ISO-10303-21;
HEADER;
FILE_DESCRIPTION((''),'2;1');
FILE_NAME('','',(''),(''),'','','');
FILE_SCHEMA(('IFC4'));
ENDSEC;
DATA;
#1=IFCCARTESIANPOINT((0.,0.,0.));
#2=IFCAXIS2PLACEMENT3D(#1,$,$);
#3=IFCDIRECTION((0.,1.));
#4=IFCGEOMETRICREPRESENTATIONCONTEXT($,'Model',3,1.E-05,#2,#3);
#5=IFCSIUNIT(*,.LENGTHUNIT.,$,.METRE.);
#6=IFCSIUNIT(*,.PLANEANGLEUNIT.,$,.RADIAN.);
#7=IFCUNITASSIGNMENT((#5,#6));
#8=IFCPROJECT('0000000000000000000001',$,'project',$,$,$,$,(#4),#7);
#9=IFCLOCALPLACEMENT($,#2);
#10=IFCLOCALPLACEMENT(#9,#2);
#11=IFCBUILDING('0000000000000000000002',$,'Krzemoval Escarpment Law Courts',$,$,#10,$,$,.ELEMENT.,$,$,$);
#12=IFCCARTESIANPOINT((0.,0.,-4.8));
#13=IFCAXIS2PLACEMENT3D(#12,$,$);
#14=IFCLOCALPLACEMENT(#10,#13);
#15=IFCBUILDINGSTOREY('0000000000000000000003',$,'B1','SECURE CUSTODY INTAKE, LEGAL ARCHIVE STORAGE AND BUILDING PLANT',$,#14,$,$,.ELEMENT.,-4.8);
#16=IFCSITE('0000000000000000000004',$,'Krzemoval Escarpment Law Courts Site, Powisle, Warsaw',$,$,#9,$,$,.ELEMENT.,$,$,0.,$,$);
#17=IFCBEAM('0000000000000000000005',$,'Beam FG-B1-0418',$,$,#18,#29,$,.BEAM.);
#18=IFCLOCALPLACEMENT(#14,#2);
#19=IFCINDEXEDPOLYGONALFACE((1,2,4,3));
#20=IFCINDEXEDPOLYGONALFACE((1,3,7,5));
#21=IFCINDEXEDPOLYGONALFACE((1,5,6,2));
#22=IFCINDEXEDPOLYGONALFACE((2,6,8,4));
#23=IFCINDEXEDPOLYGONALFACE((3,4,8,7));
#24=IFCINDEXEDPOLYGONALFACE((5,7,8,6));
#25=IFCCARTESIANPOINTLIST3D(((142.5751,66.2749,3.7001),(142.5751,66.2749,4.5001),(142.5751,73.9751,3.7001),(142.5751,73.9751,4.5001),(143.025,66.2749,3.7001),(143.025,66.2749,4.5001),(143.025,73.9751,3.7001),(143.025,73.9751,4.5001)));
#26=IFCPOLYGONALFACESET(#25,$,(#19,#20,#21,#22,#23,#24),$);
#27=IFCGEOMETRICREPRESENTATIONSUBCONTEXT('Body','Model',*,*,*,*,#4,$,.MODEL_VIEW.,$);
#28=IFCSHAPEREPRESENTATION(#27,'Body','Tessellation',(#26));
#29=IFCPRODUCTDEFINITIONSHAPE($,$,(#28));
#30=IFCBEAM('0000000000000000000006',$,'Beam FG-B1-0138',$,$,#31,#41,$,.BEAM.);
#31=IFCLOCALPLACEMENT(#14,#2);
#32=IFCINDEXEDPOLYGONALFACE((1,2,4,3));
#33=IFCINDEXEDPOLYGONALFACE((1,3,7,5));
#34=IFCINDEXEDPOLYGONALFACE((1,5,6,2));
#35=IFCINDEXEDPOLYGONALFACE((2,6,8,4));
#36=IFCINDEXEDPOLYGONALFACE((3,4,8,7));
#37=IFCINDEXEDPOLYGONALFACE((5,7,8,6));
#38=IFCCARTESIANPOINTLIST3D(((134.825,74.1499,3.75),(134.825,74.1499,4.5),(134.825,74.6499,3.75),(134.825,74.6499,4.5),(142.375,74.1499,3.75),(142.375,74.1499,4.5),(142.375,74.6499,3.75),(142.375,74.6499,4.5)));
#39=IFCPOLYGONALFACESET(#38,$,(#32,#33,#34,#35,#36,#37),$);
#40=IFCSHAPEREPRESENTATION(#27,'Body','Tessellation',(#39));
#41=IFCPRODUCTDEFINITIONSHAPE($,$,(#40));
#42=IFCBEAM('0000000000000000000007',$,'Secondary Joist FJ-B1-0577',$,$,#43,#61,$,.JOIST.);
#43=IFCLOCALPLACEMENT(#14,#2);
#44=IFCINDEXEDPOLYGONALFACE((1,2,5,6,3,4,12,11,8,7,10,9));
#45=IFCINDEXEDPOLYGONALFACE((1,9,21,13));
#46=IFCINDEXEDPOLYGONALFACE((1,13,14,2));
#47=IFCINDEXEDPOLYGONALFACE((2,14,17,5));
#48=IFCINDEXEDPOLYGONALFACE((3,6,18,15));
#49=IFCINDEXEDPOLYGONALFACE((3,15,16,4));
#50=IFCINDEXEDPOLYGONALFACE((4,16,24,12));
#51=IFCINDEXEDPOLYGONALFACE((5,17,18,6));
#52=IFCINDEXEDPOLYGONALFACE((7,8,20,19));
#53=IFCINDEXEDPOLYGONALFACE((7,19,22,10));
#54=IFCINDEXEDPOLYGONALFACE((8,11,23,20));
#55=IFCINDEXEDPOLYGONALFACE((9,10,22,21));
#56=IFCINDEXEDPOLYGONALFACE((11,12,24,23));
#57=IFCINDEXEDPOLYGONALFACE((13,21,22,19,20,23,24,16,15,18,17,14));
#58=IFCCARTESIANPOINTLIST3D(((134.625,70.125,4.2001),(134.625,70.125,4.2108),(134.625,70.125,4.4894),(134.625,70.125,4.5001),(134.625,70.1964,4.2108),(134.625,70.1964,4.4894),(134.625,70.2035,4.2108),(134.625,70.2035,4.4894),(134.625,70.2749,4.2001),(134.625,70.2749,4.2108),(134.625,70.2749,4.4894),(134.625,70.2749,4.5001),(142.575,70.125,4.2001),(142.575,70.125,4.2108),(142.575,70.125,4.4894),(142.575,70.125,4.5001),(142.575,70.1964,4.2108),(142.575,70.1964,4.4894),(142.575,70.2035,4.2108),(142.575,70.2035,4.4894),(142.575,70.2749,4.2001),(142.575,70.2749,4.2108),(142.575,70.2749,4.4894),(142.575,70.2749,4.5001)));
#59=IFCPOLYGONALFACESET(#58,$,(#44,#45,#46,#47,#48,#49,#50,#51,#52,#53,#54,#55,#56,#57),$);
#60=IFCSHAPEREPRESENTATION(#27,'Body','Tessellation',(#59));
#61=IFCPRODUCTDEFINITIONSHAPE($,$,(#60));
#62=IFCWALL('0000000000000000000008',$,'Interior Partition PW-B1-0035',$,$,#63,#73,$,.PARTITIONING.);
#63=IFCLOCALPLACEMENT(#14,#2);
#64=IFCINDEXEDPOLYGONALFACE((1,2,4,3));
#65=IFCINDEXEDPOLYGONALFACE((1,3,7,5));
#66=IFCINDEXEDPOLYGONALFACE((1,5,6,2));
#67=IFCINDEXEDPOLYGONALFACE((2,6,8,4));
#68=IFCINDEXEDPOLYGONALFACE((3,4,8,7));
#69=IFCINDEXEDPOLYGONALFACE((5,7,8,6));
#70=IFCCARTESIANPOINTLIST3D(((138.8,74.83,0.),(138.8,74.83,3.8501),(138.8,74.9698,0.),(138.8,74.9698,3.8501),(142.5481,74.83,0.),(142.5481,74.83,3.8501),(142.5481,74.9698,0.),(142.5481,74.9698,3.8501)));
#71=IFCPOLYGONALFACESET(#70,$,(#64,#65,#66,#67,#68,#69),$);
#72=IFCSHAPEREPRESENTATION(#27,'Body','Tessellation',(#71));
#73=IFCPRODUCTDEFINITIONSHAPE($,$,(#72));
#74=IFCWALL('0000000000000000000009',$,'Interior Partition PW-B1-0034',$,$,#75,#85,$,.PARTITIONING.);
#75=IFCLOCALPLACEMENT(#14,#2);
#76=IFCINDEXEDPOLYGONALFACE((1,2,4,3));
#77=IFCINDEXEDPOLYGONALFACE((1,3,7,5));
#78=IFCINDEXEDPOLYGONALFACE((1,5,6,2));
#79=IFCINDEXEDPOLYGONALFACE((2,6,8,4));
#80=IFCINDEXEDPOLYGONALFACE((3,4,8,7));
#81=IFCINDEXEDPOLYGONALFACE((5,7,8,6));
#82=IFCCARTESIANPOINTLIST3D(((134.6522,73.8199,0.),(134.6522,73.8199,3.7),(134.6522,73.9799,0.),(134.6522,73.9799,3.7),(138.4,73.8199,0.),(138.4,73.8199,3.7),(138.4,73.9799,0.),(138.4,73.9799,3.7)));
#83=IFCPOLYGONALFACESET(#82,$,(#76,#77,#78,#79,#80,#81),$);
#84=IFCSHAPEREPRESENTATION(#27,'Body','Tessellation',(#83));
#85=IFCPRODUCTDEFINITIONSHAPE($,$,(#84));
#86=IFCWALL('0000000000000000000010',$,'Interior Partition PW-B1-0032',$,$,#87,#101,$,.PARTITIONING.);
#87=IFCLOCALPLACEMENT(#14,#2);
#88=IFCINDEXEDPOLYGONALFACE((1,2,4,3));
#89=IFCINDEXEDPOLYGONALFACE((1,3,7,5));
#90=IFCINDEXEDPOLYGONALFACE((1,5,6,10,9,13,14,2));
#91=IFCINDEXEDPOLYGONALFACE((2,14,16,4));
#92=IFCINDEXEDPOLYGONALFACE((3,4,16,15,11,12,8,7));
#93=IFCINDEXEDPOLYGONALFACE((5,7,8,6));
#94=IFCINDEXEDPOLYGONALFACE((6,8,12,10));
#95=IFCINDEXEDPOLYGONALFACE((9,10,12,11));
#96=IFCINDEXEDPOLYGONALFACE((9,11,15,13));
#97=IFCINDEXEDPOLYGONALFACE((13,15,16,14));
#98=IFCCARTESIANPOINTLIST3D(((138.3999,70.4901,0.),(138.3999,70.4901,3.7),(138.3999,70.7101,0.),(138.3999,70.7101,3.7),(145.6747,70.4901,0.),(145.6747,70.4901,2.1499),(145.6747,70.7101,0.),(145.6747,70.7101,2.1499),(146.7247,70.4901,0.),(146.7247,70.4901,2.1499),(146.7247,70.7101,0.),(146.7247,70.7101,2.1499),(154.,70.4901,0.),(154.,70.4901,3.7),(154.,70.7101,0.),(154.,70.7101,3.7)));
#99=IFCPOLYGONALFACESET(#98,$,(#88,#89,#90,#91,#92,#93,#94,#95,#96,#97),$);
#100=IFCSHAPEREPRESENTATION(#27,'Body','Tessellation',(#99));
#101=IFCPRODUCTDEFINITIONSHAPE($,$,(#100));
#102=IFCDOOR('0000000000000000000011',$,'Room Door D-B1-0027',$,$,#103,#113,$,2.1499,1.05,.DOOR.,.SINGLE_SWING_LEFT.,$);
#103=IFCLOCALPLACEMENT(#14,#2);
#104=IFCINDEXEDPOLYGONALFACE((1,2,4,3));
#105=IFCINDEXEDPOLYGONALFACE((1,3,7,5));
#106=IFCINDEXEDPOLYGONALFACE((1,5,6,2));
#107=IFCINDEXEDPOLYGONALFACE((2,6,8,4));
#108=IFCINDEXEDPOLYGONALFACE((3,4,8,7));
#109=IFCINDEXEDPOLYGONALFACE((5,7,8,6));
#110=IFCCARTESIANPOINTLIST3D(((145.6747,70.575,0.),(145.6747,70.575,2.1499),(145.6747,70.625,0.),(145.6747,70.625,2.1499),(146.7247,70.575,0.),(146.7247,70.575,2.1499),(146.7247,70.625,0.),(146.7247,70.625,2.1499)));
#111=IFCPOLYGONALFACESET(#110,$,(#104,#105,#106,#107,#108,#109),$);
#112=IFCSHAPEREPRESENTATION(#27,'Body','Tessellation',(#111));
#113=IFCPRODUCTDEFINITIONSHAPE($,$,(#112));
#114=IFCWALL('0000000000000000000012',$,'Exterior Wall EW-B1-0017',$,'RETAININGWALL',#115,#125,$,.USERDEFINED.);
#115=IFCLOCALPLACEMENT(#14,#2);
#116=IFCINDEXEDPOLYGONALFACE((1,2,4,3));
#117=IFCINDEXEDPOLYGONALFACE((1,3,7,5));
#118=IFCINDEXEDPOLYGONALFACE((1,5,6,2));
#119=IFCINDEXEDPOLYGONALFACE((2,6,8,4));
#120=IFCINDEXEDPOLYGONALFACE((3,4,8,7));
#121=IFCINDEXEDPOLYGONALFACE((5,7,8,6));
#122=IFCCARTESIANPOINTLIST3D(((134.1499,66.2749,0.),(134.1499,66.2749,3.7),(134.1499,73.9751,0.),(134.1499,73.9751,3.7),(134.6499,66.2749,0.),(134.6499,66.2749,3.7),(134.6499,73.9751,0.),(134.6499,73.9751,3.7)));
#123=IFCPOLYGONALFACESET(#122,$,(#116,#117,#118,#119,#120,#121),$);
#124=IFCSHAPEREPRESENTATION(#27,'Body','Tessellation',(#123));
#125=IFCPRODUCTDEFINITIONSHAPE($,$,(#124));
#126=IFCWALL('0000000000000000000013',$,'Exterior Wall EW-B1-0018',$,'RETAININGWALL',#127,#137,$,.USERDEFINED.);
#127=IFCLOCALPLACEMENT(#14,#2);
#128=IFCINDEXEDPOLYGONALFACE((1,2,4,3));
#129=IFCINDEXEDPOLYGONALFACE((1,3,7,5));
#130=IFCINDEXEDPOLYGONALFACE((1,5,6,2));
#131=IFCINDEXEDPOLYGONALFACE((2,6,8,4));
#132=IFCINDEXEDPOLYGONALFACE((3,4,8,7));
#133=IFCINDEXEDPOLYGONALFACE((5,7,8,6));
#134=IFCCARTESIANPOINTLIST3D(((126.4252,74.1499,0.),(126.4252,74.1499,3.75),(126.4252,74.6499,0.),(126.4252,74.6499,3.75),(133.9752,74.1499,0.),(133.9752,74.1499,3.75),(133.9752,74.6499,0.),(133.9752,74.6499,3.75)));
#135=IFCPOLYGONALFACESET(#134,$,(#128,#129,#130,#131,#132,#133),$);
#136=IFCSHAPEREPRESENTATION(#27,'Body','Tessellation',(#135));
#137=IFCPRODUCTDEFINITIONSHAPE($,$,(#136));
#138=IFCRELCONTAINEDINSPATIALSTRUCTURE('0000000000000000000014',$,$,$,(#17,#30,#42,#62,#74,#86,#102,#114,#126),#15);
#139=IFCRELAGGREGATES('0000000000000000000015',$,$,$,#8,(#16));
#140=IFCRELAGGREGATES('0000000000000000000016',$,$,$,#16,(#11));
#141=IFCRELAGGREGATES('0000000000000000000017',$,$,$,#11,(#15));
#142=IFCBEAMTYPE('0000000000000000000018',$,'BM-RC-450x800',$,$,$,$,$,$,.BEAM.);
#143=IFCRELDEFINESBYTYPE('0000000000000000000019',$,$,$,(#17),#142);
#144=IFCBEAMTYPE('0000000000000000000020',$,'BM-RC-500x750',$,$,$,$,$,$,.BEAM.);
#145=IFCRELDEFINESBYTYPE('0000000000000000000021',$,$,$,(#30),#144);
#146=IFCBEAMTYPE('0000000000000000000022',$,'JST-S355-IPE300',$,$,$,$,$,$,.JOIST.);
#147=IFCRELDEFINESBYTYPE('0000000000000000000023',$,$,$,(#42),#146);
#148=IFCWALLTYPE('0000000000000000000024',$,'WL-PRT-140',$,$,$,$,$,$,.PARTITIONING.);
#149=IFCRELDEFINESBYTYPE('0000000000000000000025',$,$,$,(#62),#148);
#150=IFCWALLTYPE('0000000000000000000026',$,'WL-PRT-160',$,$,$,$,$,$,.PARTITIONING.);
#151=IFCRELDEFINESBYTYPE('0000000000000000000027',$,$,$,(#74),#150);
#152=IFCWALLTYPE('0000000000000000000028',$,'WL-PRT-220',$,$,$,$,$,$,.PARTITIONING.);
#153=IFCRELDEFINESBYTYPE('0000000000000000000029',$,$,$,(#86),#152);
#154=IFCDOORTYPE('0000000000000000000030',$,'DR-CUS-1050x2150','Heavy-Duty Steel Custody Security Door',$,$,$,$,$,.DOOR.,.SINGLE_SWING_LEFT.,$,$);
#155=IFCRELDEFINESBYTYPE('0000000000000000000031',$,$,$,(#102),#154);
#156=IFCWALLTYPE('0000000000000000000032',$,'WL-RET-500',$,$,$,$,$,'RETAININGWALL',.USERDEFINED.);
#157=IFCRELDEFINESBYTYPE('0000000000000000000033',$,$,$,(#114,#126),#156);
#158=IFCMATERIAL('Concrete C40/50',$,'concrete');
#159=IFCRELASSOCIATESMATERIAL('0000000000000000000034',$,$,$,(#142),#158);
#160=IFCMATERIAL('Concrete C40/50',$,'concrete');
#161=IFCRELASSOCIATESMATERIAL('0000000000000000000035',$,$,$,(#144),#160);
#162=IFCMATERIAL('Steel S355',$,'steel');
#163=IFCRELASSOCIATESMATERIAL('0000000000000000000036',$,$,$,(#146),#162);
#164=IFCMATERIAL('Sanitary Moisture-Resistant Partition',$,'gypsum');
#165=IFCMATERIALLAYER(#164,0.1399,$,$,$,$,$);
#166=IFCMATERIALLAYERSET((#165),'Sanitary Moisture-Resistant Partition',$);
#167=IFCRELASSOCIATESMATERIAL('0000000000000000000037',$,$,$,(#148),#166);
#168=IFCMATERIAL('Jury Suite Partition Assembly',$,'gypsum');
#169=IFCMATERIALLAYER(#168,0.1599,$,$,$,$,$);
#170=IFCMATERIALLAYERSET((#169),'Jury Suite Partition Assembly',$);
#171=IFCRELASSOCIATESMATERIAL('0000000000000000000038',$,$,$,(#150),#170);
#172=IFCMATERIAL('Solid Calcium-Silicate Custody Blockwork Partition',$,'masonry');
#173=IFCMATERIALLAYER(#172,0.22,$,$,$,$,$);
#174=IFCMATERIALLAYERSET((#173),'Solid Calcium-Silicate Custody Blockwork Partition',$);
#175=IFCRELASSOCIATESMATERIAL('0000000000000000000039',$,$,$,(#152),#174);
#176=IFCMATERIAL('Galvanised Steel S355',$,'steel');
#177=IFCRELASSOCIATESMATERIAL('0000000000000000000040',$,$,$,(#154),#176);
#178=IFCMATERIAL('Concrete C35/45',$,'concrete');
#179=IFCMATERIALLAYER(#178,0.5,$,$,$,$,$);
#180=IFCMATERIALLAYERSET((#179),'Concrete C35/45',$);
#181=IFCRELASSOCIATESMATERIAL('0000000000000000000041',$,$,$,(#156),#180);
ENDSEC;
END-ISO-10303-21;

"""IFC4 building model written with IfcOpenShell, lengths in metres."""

from ifc_helpers import new_model, si_unit, direction, frame, frame_2d, origin, origin_2d, place, context, subcontext, project, spatial, rectangle, i_section, extrude, material, layer, layer_set, material_profile, profile_set, type_object, element, fill, save


model = new_model("IFC4")

# Units and contexts
model_context = context("Model", 3, precision=1e-05, world=origin(), true_north=direction((0.0, 1.0)))
body_context = subcontext(model_context, "Body", "Model", "MODEL_VIEW")
ifc_project = project(units=[si_unit("LENGTHUNIT", "METRE"), si_unit("PLANEANGLEUNIT", "RADIAN")], contexts=[model_context])

# Site, building, storey
site_placement = place(None, origin())
site = spatial("IfcSite", under=ifc_project, at=site_placement, Name="Krzemoval Escarpment Law Courts Site, Powisle, Warsaw", CompositionType="ELEMENT", RefElevation=0.0)
building_placement = place(site_placement, origin())
building = spatial("IfcBuilding", under=site, at=building_placement, Name="Krzemoval Escarpment Law Courts", CompositionType="ELEMENT")
storey_placement = place(building_placement, frame((0.0, 0.0, -4.8)))
storey = spatial("IfcBuildingStorey", under=building, at=storey_placement, Name="B1", Description="SECURE CUSTODY INTAKE, LEGAL ARCHIVE STORAGE AND BUILDING PLANT", CompositionType="ELEMENT", Elevation=-4.8)

# Beams
ifc_material_1 = material(Name="Concrete C40/50", Category="concrete")
ifc_material_profile_1 = material_profile(ifc_material_1, rectangle(XDim=0.45, YDim=0.8, at=origin_2d()), Name="RCB 450x800")
ifc_profile_set_1 = profile_set([ifc_material_profile_1], Name="Concrete C40/50")
beam_type_1 = type_object("IfcBeamType", Name="BM-RC-450x800", PredefinedType="BEAM", material=ifc_profile_set_1)
for number, where, z_axis, x_axis, name in (
    (1, (142.8, 66.2749, 4.1001), (0.0, 1.0, 0.0), (-1.0, 0.0, 0.0), "Beam FG-B1-0418"),
):
    element("IfcBeam", number, at=place(storey_placement, frame(where, z_axis=z_axis, x_axis=x_axis)), inside=storey, type_object=beam_type_1, Name=name, PredefinedType="BEAM", context=body_context, shape_type="SweptSolid", body=[
        extrude(rectangle(XDim=0.45, YDim=0.8, at=origin_2d()), origin(), (0.0, 0.0, 1.0), 7.7002),
    ])
ifc_material_2 = material(Name="Concrete C40/50", Category="concrete")
ifc_material_profile_2 = material_profile(ifc_material_2, rectangle(XDim=0.5, YDim=0.75, at=origin_2d()), Name="RCB 500x750")
ifc_profile_set_2 = profile_set([ifc_material_profile_2], Name="Concrete C40/50")
beam_type_2 = type_object("IfcBeamType", Name="BM-RC-500x750", PredefinedType="BEAM", material=ifc_profile_set_2)
beam_1_placement = place(storey_placement, frame((134.825, 74.3999, 4.125), z_axis=(1.0, 0.0, 0.0), x_axis=(0.0, 1.0, 0.0)))
element("IfcBeam", 2, at=beam_1_placement, inside=storey, type_object=beam_type_2, Name="Beam FG-B1-0138", PredefinedType="BEAM", context=body_context, shape_type="SweptSolid", body=[
    extrude(rectangle(XDim=0.5, YDim=0.75, at=origin_2d()), origin(), (0.0, 0.0, 1.0), 7.55),
])
ifc_material_3 = material(Name="Steel S355", Category="steel")
ifc_material_profile_3 = material_profile(ifc_material_3, i_section(OverallWidth=0.1499, OverallDepth=0.3, WebThickness=0.0071, FlangeThickness=0.0107, at=origin_2d()), Name="IPE 300")
ifc_profile_set_3 = profile_set([ifc_material_profile_3], Name="Steel S355")
beam_type_3 = type_object("IfcBeamType", Name="JST-S355-IPE300", PredefinedType="JOIST", material=ifc_profile_set_3)
beam_2_placement = place(storey_placement, frame((134.625, 70.2, 4.3501), z_axis=(1.0, 0.0, 0.0), x_axis=(0.0, 1.0, 0.0)))
element("IfcBeam", 3, at=beam_2_placement, inside=storey, type_object=beam_type_3, Name="Secondary Joist FJ-B1-0577", PredefinedType="JOIST", context=body_context, shape_type="SweptSolid", body=[
    extrude(i_section(OverallWidth=0.1499, OverallDepth=0.3, WebThickness=0.0071, FlangeThickness=0.0107, at=origin_2d()), origin(), (0.0, 0.0, 1.0), 7.95),
])

# Walls
ifc_material_4 = material(Name="Sanitary Moisture-Resistant Partition", Category="gypsum")
ifc_layer_1 = layer(ifc_material_4, 0.1399)
ifc_layer_set_1 = layer_set([ifc_layer_1], Name="Sanitary Moisture-Resistant Partition")
wall_type_1 = type_object("IfcWallType", Name="WL-PRT-140", PredefinedType="PARTITIONING", material=ifc_layer_set_1)
wall_1_placement = place(storey_placement, frame((138.8, 74.8999, 0.0), z_axis=(0.0, 0.0, 1.0), x_axis=(1.0, 0.0, 0.0)))
element("IfcWall", 4, at=wall_1_placement, inside=storey, type_object=wall_type_1, Name="Interior Partition PW-B1-0035", PredefinedType="PARTITIONING", context=body_context, shape_type="SweptSolid", body=[
    extrude(rectangle(XDim=3.748, YDim=0.1399, at=frame_2d((1.874, 0.0))), origin(), (0.0, 0.0, 1.0), 3.8501),
])
ifc_material_5 = material(Name="Jury Suite Partition Assembly", Category="gypsum")
ifc_layer_2 = layer(ifc_material_5, 0.1599)
ifc_layer_set_2 = layer_set([ifc_layer_2], Name="Jury Suite Partition Assembly")
wall_type_2 = type_object("IfcWallType", Name="WL-PRT-160", PredefinedType="PARTITIONING", material=ifc_layer_set_2)
wall_2_placement = place(storey_placement, frame((134.6521, 73.8999, 0.0), z_axis=(0.0, 0.0, 1.0), x_axis=(1.0, 0.0, 0.0)))
element("IfcWall", 5, at=wall_2_placement, inside=storey, type_object=wall_type_2, Name="Interior Partition PW-B1-0034", PredefinedType="PARTITIONING", context=body_context, shape_type="SweptSolid", body=[
    extrude(rectangle(XDim=3.7478, YDim=0.1599, at=frame_2d((1.874, 0.0))), origin(), (0.0, 0.0, 1.0), 3.7),
])

# Wall, opening, door
ifc_material_6 = material(Name="Solid Calcium-Silicate Custody Blockwork Partition", Category="masonry")
ifc_layer_3 = layer(ifc_material_6, 0.22)
ifc_layer_set_3 = layer_set([ifc_layer_3], Name="Solid Calcium-Silicate Custody Blockwork Partition")
wall_type_3 = type_object("IfcWallType", Name="WL-PRT-220", PredefinedType="PARTITIONING", material=ifc_layer_set_3)
wall_3_placement = place(storey_placement, frame((138.3999, 70.6001, 0.0), z_axis=(0.0, 0.0, 1.0), x_axis=(1.0, 0.0, 0.0)))
wall_3 = element("IfcWall", 6, at=wall_3_placement, inside=storey, type_object=wall_type_3, Name="Interior Partition PW-B1-0032", PredefinedType="PARTITIONING", context=body_context, shape_type="SweptSolid", body=[
    extrude(rectangle(XDim=15.6001, YDim=0.22, at=frame_2d((7.8, 0.0))), origin(), (0.0, 0.0, 1.0), 3.7),
])
opening_placement = place(wall_3_placement, frame((7.2749, 0.0, 0.0)))
opening = element("IfcOpeningElement", 7, at=opening_placement, cuts=wall_3, PredefinedType="OPENING", context=body_context, shape_type="SweptSolid", body=[
    extrude(rectangle(XDim=1.05, YDim=2.1499, at=frame_2d((0.5249, 1.075))), frame((0.0, 0.125, 0.0), z_axis=(0.0, -1.0, 0.0), x_axis=(1.0, 0.0, 0.0)), (0.0, 0.0, 1.0), 0.25),
])
ifc_material_7 = material(Name="Galvanised Steel S355", Category="steel")
door_type = type_object("IfcDoorType", Name="DR-CUS-1050x2150", Description="Heavy-Duty Steel Custody Security Door", OperationType="SINGLE_SWING_LEFT", PredefinedType="DOOR", material=ifc_material_7)
door_placement = place(opening_placement, origin())
door = element("IfcDoor", 8, at=door_placement, inside=storey, type_object=door_type, Name="Room Door D-B1-0027", OperationType="SINGLE_SWING_LEFT", OverallHeight=2.1499, OverallWidth=1.05, PredefinedType="DOOR", context=body_context, shape_type="SweptSolid", body=[
    extrude(rectangle(XDim=1.05, YDim=2.1499, at=frame_2d((0.5249, 1.075))), frame((0.0, 0.0249, 0.0), z_axis=(0.0, -1.0, 0.0), x_axis=(1.0, 0.0, 0.0)), (0.0, 0.0, 1.0), 0.05),
])
fill(opening, door)

# Walls
ifc_material_8 = material(Name="Concrete C35/45", Category="concrete")
ifc_layer_4 = layer(ifc_material_8, 0.5)
ifc_layer_set_4 = layer_set([ifc_layer_4], Name="Concrete C35/45")
wall_type_4 = type_object("IfcWallType", Name="WL-RET-500", ElementType="RETAININGWALL", PredefinedType="USERDEFINED", material=ifc_layer_set_4)
wall_4_placement = place(storey_placement, frame((134.3999, 66.2749, 0.0), z_axis=(0.0, 0.0, 1.0), x_axis=(0.0, 1.0, 0.0)))
element("IfcWall", 9, at=wall_4_placement, inside=storey, type_object=wall_type_4, Name="Exterior Wall EW-B1-0017", ObjectType="RETAININGWALL", PredefinedType="USERDEFINED", context=body_context, shape_type="SweptSolid", body=[
    extrude(rectangle(XDim=7.7002, YDim=0.5, at=frame_2d((3.8501, 0.0))), origin(), (0.0, 0.0, 1.0), 3.7),
])
wall_5_placement = place(storey_placement, frame((133.9751, 74.3999, 0.0), z_axis=(0.0, 0.0, 1.0), x_axis=(-1.0, 0.0, 0.0)))
element("IfcWall", 10, at=wall_5_placement, inside=storey, type_object=wall_type_4, Name="Exterior Wall EW-B1-0018", ObjectType="RETAININGWALL", PredefinedType="USERDEFINED", context=body_context, shape_type="SweptSolid", body=[
    extrude(rectangle(XDim=7.55, YDim=0.5, at=frame_2d((3.7749, 0.0))), origin(), (0.0, 0.0, 1.0), 3.75),
])

save(model, "model.ifc")
